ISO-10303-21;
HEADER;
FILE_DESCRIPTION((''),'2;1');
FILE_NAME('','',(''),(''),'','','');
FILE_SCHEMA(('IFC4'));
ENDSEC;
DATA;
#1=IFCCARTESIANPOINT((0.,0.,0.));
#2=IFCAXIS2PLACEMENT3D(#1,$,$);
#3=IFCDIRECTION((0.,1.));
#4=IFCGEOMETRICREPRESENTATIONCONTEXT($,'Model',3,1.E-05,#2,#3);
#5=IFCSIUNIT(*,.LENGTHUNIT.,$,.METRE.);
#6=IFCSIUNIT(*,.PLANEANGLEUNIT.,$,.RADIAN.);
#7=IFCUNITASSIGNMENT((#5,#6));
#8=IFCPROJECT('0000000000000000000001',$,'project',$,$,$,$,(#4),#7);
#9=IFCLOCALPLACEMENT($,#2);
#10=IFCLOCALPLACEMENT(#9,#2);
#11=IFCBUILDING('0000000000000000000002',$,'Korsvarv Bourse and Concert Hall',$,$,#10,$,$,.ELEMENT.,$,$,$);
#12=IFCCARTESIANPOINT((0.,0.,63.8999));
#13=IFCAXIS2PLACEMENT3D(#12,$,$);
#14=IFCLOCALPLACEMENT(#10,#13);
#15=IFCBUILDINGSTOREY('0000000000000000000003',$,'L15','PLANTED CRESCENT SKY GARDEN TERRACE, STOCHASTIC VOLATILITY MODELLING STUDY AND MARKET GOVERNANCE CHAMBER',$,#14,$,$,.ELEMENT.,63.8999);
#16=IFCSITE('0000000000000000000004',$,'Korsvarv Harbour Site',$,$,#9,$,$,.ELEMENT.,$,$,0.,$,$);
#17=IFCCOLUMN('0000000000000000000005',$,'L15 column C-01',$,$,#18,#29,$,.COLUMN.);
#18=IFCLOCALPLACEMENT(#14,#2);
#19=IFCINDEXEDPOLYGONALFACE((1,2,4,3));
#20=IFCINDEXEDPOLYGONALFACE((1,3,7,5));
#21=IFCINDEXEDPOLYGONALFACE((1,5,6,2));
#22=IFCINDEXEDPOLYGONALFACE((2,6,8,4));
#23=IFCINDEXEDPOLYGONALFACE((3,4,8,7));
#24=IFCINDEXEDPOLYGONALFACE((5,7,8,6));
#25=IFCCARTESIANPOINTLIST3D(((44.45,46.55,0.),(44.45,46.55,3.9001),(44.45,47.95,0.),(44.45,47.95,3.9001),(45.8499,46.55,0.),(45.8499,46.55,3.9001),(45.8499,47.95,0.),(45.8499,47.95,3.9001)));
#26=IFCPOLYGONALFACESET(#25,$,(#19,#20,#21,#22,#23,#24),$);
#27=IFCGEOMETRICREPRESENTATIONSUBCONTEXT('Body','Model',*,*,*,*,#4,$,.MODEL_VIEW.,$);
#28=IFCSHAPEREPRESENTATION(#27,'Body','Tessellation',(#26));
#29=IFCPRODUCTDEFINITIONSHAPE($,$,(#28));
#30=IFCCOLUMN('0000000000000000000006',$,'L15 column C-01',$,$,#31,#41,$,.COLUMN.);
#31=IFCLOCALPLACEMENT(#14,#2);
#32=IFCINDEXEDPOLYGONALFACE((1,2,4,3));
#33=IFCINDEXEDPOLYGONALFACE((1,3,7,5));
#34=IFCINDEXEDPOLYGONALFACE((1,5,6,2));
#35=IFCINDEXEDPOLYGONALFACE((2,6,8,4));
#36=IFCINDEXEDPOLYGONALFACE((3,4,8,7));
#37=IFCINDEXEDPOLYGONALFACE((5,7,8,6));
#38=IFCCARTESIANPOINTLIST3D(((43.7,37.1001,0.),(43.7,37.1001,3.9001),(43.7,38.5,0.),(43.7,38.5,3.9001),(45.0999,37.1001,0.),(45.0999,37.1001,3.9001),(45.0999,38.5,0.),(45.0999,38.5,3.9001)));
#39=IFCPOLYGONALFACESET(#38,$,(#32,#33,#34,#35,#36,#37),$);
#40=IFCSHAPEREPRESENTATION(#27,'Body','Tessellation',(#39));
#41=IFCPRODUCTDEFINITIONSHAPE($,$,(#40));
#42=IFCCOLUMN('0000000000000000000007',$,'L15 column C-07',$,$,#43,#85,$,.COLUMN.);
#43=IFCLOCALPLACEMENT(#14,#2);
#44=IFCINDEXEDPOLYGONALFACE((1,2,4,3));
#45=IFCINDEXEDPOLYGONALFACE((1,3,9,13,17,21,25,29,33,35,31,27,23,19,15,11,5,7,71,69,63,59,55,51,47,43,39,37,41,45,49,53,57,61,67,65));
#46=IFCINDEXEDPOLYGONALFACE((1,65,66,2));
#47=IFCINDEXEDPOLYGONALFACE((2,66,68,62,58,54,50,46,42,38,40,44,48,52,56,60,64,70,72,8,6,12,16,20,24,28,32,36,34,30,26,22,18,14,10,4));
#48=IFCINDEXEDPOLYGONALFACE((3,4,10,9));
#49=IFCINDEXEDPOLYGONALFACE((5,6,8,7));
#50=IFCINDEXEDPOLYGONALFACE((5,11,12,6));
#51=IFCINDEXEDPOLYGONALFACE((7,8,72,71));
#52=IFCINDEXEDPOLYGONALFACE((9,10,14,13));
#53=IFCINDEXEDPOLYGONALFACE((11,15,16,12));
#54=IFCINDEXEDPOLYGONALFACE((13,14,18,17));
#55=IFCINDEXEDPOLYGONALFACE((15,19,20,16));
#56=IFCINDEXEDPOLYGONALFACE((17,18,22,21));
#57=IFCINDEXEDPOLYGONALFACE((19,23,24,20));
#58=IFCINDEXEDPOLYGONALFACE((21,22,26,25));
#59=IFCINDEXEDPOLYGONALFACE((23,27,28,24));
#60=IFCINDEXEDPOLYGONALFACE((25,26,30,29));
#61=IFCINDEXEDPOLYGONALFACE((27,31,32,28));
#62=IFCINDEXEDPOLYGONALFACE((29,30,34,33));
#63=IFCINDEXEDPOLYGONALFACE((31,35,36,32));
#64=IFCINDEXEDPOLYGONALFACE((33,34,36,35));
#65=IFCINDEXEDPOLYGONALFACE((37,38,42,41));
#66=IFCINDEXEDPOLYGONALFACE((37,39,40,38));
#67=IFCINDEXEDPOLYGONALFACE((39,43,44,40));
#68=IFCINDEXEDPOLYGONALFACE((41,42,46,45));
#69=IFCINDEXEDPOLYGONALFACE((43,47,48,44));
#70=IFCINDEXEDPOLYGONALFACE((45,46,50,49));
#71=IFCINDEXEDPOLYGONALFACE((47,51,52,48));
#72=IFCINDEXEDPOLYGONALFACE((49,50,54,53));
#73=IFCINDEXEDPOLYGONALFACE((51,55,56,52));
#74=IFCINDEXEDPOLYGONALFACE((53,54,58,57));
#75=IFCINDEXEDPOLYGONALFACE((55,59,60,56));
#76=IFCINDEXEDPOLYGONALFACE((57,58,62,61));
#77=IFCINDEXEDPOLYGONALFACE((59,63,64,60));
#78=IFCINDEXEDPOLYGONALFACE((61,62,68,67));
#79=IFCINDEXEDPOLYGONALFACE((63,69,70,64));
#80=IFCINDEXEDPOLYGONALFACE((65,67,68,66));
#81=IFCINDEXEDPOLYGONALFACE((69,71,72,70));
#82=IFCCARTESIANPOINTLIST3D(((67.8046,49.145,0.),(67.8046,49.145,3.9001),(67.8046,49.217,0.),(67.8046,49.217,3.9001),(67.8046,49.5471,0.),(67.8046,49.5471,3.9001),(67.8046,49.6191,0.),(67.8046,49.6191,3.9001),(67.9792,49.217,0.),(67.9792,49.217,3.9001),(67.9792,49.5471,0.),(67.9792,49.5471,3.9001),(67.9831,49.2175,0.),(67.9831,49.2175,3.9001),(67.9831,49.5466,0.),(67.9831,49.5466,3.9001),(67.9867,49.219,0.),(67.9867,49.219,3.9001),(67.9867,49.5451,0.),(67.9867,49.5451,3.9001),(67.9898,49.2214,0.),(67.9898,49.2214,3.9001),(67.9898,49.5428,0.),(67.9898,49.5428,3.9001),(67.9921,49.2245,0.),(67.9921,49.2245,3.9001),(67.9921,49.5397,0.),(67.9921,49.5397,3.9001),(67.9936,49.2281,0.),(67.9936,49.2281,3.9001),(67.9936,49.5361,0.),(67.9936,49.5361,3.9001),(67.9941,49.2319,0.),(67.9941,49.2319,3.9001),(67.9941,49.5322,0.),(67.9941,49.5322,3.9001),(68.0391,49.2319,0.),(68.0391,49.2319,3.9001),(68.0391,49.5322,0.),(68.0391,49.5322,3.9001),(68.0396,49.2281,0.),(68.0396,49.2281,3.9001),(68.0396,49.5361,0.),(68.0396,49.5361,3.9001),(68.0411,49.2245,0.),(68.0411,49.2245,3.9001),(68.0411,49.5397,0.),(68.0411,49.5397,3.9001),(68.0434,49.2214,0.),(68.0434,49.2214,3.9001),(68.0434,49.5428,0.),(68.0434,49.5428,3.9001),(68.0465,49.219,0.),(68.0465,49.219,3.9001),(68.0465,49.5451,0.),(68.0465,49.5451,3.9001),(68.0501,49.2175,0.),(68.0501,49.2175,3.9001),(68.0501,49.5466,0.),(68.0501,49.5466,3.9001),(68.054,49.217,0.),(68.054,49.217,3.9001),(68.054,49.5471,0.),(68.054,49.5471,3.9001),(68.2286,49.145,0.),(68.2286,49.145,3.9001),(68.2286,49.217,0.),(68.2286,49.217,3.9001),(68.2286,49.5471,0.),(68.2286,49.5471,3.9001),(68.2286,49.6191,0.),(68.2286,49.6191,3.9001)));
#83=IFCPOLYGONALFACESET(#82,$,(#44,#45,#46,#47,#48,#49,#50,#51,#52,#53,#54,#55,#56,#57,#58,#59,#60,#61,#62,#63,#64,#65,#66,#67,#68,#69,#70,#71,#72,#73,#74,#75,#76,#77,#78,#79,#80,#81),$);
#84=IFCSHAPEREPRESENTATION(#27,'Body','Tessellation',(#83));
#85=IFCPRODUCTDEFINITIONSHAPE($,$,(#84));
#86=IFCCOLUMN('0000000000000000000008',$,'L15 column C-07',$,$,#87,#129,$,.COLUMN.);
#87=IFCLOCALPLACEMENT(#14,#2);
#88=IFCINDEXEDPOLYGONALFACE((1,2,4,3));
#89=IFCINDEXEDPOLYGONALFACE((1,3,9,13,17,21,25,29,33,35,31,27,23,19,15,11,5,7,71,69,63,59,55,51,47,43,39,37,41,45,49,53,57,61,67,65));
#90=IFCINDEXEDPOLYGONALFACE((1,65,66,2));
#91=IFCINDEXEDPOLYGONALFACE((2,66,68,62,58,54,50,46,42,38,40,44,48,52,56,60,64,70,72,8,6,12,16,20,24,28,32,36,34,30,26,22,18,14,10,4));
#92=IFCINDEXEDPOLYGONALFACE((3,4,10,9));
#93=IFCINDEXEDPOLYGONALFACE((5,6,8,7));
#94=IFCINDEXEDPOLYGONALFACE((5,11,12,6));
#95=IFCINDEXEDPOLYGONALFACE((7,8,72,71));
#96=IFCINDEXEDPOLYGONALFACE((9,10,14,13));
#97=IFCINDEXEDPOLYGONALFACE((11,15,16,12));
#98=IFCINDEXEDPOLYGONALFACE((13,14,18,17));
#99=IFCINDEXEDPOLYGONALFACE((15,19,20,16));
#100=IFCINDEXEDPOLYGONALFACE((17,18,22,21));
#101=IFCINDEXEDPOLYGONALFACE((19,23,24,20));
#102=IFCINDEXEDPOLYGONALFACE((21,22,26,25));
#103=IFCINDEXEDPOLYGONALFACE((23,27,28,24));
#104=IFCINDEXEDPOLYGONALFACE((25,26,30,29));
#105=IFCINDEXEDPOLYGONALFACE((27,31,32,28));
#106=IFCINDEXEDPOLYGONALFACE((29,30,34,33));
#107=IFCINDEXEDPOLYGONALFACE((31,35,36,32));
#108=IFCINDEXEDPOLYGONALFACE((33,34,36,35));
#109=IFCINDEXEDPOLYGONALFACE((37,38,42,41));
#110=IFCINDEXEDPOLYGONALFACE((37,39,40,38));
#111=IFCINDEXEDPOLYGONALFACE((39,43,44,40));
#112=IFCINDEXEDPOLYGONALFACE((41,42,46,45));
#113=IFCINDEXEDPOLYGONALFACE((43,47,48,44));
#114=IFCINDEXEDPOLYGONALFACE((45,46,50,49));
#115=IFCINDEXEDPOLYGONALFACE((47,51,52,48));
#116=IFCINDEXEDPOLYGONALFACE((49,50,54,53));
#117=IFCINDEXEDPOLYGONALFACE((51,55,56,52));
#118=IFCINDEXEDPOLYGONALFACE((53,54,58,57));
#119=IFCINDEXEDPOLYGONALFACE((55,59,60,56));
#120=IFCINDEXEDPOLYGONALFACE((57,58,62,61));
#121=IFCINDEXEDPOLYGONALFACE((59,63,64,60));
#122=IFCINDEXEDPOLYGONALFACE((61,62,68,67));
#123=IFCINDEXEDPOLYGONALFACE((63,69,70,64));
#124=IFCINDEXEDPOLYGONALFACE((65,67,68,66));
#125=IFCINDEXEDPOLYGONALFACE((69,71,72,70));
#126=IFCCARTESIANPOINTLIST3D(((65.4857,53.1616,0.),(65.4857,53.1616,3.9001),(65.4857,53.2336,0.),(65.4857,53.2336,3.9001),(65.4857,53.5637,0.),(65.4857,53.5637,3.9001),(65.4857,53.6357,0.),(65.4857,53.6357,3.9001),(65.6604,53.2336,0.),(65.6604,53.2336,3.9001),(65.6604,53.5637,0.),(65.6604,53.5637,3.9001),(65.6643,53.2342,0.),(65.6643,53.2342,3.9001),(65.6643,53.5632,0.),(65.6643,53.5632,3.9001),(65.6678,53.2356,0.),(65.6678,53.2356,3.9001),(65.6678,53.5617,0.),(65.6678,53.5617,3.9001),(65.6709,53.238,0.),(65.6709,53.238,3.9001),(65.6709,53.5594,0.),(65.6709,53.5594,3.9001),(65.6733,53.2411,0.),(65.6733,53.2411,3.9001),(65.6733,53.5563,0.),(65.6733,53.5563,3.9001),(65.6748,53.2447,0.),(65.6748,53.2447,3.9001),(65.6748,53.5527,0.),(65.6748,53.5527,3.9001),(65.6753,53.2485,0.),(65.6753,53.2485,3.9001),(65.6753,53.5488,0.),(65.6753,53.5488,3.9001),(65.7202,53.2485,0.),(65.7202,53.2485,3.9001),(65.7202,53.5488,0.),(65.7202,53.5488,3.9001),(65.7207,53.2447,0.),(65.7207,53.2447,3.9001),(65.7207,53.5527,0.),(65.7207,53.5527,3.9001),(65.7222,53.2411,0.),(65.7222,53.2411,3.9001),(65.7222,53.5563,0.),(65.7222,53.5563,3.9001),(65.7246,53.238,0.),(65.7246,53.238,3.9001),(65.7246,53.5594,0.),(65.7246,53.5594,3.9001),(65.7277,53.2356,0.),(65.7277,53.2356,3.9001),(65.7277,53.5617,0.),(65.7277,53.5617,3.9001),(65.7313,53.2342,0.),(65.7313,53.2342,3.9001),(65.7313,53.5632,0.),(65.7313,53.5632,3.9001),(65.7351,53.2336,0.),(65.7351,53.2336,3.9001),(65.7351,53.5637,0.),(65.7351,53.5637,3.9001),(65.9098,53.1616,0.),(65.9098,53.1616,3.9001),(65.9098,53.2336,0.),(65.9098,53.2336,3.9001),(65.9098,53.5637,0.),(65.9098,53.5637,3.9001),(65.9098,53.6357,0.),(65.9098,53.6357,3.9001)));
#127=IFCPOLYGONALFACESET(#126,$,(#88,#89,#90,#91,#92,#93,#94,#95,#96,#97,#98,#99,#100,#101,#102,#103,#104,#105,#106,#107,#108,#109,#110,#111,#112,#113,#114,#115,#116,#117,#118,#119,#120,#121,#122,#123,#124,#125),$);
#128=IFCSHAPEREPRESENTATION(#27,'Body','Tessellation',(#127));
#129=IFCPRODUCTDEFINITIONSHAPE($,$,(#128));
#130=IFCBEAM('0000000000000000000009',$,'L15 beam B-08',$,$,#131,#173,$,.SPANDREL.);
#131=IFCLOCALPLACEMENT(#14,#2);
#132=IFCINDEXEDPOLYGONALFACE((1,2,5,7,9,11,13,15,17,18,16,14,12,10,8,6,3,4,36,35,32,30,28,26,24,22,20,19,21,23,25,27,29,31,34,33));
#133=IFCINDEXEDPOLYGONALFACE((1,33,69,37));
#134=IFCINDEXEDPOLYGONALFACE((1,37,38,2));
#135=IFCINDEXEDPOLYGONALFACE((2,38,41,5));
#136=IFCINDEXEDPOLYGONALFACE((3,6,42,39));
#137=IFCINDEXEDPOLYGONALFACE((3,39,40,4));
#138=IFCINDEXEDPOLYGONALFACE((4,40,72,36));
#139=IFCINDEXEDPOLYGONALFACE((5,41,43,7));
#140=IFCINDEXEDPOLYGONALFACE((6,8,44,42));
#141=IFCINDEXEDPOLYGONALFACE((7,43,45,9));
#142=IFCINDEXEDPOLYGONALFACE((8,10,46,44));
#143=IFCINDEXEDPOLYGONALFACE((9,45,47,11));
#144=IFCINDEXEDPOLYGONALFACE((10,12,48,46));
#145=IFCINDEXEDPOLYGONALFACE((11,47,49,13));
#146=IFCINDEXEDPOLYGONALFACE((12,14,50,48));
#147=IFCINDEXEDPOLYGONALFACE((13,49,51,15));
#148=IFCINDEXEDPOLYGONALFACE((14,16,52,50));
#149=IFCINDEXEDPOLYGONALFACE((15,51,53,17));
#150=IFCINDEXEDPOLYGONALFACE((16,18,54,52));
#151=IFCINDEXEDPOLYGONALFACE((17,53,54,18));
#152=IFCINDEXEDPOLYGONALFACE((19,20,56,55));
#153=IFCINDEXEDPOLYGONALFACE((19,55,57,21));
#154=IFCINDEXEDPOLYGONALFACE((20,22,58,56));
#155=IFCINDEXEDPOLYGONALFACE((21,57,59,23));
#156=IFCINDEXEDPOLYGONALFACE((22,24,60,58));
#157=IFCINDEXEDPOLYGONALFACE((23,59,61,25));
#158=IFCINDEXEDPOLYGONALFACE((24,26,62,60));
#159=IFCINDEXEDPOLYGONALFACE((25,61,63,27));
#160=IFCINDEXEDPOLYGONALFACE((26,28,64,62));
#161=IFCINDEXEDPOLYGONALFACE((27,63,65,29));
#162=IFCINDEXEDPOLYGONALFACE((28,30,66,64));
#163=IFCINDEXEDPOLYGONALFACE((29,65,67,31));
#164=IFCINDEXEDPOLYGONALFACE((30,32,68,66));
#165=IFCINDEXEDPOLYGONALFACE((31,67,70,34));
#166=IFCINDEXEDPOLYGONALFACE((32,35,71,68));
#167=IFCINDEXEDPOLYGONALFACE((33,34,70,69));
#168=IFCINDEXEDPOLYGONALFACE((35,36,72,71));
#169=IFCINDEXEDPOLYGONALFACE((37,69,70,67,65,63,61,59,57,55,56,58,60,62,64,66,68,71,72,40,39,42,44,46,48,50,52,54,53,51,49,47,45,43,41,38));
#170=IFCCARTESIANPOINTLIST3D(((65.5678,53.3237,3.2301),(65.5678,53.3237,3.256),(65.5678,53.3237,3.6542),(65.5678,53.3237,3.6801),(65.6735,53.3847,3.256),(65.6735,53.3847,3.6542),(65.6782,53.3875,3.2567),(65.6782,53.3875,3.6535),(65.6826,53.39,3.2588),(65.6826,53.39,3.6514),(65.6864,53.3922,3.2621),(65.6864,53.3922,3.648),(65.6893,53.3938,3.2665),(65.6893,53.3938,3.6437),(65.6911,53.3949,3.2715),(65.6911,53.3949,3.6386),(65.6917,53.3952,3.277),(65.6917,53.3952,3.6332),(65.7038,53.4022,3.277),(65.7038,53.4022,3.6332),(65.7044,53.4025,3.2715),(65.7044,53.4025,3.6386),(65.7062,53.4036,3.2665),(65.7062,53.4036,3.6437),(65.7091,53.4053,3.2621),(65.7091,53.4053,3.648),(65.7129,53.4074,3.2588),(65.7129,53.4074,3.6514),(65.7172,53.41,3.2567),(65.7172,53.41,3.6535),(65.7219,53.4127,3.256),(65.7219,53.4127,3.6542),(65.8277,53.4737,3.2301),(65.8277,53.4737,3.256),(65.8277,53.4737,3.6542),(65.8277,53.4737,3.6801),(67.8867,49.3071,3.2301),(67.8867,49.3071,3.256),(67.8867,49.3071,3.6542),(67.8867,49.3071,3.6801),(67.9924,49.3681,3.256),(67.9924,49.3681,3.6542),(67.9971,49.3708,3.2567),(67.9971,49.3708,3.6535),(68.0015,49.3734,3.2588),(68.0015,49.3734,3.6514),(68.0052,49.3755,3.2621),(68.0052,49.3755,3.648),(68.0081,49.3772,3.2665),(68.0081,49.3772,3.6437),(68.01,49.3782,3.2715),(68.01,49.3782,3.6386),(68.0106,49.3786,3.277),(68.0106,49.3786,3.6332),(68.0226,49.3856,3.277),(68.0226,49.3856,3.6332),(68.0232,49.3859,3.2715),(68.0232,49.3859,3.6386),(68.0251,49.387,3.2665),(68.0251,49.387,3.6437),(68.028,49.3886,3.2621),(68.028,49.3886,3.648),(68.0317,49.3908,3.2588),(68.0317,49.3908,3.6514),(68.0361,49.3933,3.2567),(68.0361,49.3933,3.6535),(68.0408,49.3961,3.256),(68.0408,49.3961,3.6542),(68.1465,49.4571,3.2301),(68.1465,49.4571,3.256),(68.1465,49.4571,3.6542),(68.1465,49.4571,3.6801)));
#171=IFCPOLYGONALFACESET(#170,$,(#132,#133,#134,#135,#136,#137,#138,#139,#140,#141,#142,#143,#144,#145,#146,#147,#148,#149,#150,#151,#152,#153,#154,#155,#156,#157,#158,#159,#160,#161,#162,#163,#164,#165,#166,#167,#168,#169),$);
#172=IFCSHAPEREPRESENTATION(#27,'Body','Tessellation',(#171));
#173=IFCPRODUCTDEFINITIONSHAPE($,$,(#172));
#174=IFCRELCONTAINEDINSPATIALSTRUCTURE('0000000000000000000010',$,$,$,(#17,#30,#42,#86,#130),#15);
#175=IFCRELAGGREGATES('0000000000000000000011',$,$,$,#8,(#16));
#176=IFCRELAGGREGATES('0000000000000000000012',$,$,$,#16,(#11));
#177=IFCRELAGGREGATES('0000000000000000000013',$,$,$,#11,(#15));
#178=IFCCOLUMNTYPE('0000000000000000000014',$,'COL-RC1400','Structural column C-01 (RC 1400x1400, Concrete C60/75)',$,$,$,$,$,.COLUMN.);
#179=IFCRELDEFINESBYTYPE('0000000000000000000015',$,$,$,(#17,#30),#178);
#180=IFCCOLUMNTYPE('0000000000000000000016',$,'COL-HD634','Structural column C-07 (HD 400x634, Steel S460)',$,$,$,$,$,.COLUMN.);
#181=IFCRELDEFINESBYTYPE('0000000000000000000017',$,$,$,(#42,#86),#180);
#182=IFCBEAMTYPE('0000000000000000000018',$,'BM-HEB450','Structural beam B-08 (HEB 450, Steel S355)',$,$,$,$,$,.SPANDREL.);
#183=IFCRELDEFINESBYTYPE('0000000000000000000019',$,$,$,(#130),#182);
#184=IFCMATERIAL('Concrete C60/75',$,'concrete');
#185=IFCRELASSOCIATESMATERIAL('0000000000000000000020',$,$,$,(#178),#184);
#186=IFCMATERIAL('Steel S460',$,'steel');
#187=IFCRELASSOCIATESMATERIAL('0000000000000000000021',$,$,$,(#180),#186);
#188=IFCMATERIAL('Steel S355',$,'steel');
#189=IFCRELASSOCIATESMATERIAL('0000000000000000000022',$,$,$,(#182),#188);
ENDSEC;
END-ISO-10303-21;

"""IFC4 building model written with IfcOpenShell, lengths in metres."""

from ifc_helpers import new_model, si_unit, direction, frame, origin, origin_2d, place, context, subcontext, project, spatial, rectangle, i_section, extrude, source, transform, mapped, material, material_profile, profile_set, type_object, element, save


model = new_model("IFC4")

# Units and contexts
model_context = context("Model", 3, precision=1e-05, world=origin(), true_north=direction((0.0, 1.0)))
body_context = subcontext(model_context, "Body", "Model", "MODEL_VIEW")
ifc_project = project(units=[si_unit("LENGTHUNIT", "METRE"), si_unit("PLANEANGLEUNIT", "RADIAN")], contexts=[model_context])

# Site, building, storey
site_placement = place(None, origin())
site = spatial("IfcSite", under=ifc_project, at=site_placement, Name="Korsvarv Harbour Site", CompositionType="ELEMENT", RefElevation=0.0)
building_placement = place(site_placement, origin())
building = spatial("IfcBuilding", under=site, at=building_placement, Name="Korsvarv Bourse and Concert Hall", CompositionType="ELEMENT")
storey_placement = place(building_placement, frame((0.0, 0.0, 63.8999)))
storey = spatial("IfcBuildingStorey", under=building, at=storey_placement, Name="L15", Description="PLANTED CRESCENT SKY GARDEN TERRACE, STOCHASTIC VOLATILITY MODELLING STUDY AND MARKET GOVERNANCE CHAMBER", CompositionType="ELEMENT", Elevation=63.8999)

# Columns
ifc_material_1 = material(Name="Concrete C60/75", Category="concrete")
ifc_material_profile_1 = material_profile(ifc_material_1, rectangle(XDim=1.3999, YDim=1.3999, at=origin_2d()), Name="RC 1400x1400")
ifc_profile_set_1 = profile_set([ifc_material_profile_1], Name="Concrete C60/75")
column_type_1 = type_object("IfcColumnType", Name="COL-RC1400", Description="Structural column C-01 (RC 1400x1400, Concrete C60/75)", PredefinedType="COLUMN", material=ifc_profile_set_1)
shared_shape_1 = source(origin(), body_context, "Body", "SweptSolid", [
    extrude(rectangle(XDim=1.3999, YDim=1.3999, at=origin_2d()), origin(), (0.0, 0.0, 1.0), 3.9001),
])
for number, where, z_axis, x_axis, name in (
    (1, (45.1499, 47.25, 0.0), (0.0, 0.0, 1.0), (1.0, 0.0, 0.0), "L15 column C-01"),
    (2, (44.3999, 37.8, 0.0), (0.0, 0.0, 1.0), (1.0, 0.0, 0.0), "L15 column C-01"),
):
    element("IfcColumn", number, at=place(storey_placement, frame(where, z_axis=z_axis, x_axis=x_axis)), inside=storey, type_object=column_type_1, Name=name, PredefinedType="COLUMN", context=body_context, shape_type="MappedRepresentation", body=[
        mapped(shared_shape_1, transform((0.0, 0.0, 0.0), scale=1.0)),
    ])
ifc_material_2 = material(Name="Steel S460", Category="steel")
ifc_material_profile_2 = material_profile(ifc_material_2, i_section(OverallWidth=0.4241, OverallDepth=0.4741, WebThickness=0.0449, FlangeThickness=0.072, FilletRadius=0.0149, at=origin_2d()), Name="HD 400x634")
ifc_profile_set_2 = profile_set([ifc_material_profile_2], Name="Steel S460")
column_type_2 = type_object("IfcColumnType", Name="COL-HD634", Description="Structural column C-07 (HD 400x634, Steel S460)", PredefinedType="COLUMN", material=ifc_profile_set_2)
shared_shape_2 = source(origin(), body_context, "Body", "SweptSolid", [
    extrude(i_section(OverallWidth=0.4241, OverallDepth=0.4741, WebThickness=0.0449, FlangeThickness=0.072, FilletRadius=0.0149, at=origin_2d()), origin(), (0.0, 0.0, 1.0), 3.9001),
])
for number, where, z_axis, x_axis, name in (
    (3, (68.0166, 49.3821, 0.0), (0.0, 0.0, 1.0), (1.0, 0.0, 0.0), "L15 column C-07"),
    (4, (65.6978, 53.3987, 0.0), (0.0, 0.0, 1.0), (1.0, 0.0, 0.0), "L15 column C-07"),
):
    element("IfcColumn", number, at=place(storey_placement, frame(where, z_axis=z_axis, x_axis=x_axis)), inside=storey, type_object=column_type_2, Name=name, PredefinedType="COLUMN", context=body_context, shape_type="MappedRepresentation", body=[
        mapped(shared_shape_2, transform((0.0, 0.0, 0.0), scale=1.0)),
    ])

# Beam
ifc_material_3 = material(Name="Steel S355", Category="steel")
ifc_material_profile_3 = material_profile(ifc_material_3, i_section(OverallWidth=0.3, OverallDepth=0.45, WebThickness=0.0139, FlangeThickness=0.0259, FilletRadius=0.021, at=origin_2d()), Name="HEB 450")
ifc_profile_set_3 = profile_set([ifc_material_profile_3], Name="Steel S355")
beam_type_1 = type_object("IfcBeamType", Name="BM-HEB450", Description="Structural beam B-08 (HEB 450, Steel S355)", PredefinedType="SPANDREL", material=ifc_profile_set_3)
shared_shape_3 = source(origin(), body_context, "Body", "SweptSolid", [
    extrude(i_section(OverallWidth=0.3, OverallDepth=0.45, WebThickness=0.0139, FlangeThickness=0.0259, FilletRadius=0.021, at=origin_2d()), origin(), (0.0, 0.0, 1.0), 4.6379),
])
beam_1_placement = place(storey_placement, frame((68.0166, 49.3821, 3.4551), z_axis=(-0.499978, 0.866038, 0.0), x_axis=(-0.866038, -0.499978, 0.0)))
element("IfcBeam", 5, at=beam_1_placement, inside=storey, type_object=beam_type_1, Name="L15 beam B-08", PredefinedType="SPANDREL", context=body_context, shape_type="MappedRepresentation", body=[
    mapped(shared_shape_3, transform((0.0, 0.0, 0.0), scale=1.0)),
])

save(model, "model.ifc")
